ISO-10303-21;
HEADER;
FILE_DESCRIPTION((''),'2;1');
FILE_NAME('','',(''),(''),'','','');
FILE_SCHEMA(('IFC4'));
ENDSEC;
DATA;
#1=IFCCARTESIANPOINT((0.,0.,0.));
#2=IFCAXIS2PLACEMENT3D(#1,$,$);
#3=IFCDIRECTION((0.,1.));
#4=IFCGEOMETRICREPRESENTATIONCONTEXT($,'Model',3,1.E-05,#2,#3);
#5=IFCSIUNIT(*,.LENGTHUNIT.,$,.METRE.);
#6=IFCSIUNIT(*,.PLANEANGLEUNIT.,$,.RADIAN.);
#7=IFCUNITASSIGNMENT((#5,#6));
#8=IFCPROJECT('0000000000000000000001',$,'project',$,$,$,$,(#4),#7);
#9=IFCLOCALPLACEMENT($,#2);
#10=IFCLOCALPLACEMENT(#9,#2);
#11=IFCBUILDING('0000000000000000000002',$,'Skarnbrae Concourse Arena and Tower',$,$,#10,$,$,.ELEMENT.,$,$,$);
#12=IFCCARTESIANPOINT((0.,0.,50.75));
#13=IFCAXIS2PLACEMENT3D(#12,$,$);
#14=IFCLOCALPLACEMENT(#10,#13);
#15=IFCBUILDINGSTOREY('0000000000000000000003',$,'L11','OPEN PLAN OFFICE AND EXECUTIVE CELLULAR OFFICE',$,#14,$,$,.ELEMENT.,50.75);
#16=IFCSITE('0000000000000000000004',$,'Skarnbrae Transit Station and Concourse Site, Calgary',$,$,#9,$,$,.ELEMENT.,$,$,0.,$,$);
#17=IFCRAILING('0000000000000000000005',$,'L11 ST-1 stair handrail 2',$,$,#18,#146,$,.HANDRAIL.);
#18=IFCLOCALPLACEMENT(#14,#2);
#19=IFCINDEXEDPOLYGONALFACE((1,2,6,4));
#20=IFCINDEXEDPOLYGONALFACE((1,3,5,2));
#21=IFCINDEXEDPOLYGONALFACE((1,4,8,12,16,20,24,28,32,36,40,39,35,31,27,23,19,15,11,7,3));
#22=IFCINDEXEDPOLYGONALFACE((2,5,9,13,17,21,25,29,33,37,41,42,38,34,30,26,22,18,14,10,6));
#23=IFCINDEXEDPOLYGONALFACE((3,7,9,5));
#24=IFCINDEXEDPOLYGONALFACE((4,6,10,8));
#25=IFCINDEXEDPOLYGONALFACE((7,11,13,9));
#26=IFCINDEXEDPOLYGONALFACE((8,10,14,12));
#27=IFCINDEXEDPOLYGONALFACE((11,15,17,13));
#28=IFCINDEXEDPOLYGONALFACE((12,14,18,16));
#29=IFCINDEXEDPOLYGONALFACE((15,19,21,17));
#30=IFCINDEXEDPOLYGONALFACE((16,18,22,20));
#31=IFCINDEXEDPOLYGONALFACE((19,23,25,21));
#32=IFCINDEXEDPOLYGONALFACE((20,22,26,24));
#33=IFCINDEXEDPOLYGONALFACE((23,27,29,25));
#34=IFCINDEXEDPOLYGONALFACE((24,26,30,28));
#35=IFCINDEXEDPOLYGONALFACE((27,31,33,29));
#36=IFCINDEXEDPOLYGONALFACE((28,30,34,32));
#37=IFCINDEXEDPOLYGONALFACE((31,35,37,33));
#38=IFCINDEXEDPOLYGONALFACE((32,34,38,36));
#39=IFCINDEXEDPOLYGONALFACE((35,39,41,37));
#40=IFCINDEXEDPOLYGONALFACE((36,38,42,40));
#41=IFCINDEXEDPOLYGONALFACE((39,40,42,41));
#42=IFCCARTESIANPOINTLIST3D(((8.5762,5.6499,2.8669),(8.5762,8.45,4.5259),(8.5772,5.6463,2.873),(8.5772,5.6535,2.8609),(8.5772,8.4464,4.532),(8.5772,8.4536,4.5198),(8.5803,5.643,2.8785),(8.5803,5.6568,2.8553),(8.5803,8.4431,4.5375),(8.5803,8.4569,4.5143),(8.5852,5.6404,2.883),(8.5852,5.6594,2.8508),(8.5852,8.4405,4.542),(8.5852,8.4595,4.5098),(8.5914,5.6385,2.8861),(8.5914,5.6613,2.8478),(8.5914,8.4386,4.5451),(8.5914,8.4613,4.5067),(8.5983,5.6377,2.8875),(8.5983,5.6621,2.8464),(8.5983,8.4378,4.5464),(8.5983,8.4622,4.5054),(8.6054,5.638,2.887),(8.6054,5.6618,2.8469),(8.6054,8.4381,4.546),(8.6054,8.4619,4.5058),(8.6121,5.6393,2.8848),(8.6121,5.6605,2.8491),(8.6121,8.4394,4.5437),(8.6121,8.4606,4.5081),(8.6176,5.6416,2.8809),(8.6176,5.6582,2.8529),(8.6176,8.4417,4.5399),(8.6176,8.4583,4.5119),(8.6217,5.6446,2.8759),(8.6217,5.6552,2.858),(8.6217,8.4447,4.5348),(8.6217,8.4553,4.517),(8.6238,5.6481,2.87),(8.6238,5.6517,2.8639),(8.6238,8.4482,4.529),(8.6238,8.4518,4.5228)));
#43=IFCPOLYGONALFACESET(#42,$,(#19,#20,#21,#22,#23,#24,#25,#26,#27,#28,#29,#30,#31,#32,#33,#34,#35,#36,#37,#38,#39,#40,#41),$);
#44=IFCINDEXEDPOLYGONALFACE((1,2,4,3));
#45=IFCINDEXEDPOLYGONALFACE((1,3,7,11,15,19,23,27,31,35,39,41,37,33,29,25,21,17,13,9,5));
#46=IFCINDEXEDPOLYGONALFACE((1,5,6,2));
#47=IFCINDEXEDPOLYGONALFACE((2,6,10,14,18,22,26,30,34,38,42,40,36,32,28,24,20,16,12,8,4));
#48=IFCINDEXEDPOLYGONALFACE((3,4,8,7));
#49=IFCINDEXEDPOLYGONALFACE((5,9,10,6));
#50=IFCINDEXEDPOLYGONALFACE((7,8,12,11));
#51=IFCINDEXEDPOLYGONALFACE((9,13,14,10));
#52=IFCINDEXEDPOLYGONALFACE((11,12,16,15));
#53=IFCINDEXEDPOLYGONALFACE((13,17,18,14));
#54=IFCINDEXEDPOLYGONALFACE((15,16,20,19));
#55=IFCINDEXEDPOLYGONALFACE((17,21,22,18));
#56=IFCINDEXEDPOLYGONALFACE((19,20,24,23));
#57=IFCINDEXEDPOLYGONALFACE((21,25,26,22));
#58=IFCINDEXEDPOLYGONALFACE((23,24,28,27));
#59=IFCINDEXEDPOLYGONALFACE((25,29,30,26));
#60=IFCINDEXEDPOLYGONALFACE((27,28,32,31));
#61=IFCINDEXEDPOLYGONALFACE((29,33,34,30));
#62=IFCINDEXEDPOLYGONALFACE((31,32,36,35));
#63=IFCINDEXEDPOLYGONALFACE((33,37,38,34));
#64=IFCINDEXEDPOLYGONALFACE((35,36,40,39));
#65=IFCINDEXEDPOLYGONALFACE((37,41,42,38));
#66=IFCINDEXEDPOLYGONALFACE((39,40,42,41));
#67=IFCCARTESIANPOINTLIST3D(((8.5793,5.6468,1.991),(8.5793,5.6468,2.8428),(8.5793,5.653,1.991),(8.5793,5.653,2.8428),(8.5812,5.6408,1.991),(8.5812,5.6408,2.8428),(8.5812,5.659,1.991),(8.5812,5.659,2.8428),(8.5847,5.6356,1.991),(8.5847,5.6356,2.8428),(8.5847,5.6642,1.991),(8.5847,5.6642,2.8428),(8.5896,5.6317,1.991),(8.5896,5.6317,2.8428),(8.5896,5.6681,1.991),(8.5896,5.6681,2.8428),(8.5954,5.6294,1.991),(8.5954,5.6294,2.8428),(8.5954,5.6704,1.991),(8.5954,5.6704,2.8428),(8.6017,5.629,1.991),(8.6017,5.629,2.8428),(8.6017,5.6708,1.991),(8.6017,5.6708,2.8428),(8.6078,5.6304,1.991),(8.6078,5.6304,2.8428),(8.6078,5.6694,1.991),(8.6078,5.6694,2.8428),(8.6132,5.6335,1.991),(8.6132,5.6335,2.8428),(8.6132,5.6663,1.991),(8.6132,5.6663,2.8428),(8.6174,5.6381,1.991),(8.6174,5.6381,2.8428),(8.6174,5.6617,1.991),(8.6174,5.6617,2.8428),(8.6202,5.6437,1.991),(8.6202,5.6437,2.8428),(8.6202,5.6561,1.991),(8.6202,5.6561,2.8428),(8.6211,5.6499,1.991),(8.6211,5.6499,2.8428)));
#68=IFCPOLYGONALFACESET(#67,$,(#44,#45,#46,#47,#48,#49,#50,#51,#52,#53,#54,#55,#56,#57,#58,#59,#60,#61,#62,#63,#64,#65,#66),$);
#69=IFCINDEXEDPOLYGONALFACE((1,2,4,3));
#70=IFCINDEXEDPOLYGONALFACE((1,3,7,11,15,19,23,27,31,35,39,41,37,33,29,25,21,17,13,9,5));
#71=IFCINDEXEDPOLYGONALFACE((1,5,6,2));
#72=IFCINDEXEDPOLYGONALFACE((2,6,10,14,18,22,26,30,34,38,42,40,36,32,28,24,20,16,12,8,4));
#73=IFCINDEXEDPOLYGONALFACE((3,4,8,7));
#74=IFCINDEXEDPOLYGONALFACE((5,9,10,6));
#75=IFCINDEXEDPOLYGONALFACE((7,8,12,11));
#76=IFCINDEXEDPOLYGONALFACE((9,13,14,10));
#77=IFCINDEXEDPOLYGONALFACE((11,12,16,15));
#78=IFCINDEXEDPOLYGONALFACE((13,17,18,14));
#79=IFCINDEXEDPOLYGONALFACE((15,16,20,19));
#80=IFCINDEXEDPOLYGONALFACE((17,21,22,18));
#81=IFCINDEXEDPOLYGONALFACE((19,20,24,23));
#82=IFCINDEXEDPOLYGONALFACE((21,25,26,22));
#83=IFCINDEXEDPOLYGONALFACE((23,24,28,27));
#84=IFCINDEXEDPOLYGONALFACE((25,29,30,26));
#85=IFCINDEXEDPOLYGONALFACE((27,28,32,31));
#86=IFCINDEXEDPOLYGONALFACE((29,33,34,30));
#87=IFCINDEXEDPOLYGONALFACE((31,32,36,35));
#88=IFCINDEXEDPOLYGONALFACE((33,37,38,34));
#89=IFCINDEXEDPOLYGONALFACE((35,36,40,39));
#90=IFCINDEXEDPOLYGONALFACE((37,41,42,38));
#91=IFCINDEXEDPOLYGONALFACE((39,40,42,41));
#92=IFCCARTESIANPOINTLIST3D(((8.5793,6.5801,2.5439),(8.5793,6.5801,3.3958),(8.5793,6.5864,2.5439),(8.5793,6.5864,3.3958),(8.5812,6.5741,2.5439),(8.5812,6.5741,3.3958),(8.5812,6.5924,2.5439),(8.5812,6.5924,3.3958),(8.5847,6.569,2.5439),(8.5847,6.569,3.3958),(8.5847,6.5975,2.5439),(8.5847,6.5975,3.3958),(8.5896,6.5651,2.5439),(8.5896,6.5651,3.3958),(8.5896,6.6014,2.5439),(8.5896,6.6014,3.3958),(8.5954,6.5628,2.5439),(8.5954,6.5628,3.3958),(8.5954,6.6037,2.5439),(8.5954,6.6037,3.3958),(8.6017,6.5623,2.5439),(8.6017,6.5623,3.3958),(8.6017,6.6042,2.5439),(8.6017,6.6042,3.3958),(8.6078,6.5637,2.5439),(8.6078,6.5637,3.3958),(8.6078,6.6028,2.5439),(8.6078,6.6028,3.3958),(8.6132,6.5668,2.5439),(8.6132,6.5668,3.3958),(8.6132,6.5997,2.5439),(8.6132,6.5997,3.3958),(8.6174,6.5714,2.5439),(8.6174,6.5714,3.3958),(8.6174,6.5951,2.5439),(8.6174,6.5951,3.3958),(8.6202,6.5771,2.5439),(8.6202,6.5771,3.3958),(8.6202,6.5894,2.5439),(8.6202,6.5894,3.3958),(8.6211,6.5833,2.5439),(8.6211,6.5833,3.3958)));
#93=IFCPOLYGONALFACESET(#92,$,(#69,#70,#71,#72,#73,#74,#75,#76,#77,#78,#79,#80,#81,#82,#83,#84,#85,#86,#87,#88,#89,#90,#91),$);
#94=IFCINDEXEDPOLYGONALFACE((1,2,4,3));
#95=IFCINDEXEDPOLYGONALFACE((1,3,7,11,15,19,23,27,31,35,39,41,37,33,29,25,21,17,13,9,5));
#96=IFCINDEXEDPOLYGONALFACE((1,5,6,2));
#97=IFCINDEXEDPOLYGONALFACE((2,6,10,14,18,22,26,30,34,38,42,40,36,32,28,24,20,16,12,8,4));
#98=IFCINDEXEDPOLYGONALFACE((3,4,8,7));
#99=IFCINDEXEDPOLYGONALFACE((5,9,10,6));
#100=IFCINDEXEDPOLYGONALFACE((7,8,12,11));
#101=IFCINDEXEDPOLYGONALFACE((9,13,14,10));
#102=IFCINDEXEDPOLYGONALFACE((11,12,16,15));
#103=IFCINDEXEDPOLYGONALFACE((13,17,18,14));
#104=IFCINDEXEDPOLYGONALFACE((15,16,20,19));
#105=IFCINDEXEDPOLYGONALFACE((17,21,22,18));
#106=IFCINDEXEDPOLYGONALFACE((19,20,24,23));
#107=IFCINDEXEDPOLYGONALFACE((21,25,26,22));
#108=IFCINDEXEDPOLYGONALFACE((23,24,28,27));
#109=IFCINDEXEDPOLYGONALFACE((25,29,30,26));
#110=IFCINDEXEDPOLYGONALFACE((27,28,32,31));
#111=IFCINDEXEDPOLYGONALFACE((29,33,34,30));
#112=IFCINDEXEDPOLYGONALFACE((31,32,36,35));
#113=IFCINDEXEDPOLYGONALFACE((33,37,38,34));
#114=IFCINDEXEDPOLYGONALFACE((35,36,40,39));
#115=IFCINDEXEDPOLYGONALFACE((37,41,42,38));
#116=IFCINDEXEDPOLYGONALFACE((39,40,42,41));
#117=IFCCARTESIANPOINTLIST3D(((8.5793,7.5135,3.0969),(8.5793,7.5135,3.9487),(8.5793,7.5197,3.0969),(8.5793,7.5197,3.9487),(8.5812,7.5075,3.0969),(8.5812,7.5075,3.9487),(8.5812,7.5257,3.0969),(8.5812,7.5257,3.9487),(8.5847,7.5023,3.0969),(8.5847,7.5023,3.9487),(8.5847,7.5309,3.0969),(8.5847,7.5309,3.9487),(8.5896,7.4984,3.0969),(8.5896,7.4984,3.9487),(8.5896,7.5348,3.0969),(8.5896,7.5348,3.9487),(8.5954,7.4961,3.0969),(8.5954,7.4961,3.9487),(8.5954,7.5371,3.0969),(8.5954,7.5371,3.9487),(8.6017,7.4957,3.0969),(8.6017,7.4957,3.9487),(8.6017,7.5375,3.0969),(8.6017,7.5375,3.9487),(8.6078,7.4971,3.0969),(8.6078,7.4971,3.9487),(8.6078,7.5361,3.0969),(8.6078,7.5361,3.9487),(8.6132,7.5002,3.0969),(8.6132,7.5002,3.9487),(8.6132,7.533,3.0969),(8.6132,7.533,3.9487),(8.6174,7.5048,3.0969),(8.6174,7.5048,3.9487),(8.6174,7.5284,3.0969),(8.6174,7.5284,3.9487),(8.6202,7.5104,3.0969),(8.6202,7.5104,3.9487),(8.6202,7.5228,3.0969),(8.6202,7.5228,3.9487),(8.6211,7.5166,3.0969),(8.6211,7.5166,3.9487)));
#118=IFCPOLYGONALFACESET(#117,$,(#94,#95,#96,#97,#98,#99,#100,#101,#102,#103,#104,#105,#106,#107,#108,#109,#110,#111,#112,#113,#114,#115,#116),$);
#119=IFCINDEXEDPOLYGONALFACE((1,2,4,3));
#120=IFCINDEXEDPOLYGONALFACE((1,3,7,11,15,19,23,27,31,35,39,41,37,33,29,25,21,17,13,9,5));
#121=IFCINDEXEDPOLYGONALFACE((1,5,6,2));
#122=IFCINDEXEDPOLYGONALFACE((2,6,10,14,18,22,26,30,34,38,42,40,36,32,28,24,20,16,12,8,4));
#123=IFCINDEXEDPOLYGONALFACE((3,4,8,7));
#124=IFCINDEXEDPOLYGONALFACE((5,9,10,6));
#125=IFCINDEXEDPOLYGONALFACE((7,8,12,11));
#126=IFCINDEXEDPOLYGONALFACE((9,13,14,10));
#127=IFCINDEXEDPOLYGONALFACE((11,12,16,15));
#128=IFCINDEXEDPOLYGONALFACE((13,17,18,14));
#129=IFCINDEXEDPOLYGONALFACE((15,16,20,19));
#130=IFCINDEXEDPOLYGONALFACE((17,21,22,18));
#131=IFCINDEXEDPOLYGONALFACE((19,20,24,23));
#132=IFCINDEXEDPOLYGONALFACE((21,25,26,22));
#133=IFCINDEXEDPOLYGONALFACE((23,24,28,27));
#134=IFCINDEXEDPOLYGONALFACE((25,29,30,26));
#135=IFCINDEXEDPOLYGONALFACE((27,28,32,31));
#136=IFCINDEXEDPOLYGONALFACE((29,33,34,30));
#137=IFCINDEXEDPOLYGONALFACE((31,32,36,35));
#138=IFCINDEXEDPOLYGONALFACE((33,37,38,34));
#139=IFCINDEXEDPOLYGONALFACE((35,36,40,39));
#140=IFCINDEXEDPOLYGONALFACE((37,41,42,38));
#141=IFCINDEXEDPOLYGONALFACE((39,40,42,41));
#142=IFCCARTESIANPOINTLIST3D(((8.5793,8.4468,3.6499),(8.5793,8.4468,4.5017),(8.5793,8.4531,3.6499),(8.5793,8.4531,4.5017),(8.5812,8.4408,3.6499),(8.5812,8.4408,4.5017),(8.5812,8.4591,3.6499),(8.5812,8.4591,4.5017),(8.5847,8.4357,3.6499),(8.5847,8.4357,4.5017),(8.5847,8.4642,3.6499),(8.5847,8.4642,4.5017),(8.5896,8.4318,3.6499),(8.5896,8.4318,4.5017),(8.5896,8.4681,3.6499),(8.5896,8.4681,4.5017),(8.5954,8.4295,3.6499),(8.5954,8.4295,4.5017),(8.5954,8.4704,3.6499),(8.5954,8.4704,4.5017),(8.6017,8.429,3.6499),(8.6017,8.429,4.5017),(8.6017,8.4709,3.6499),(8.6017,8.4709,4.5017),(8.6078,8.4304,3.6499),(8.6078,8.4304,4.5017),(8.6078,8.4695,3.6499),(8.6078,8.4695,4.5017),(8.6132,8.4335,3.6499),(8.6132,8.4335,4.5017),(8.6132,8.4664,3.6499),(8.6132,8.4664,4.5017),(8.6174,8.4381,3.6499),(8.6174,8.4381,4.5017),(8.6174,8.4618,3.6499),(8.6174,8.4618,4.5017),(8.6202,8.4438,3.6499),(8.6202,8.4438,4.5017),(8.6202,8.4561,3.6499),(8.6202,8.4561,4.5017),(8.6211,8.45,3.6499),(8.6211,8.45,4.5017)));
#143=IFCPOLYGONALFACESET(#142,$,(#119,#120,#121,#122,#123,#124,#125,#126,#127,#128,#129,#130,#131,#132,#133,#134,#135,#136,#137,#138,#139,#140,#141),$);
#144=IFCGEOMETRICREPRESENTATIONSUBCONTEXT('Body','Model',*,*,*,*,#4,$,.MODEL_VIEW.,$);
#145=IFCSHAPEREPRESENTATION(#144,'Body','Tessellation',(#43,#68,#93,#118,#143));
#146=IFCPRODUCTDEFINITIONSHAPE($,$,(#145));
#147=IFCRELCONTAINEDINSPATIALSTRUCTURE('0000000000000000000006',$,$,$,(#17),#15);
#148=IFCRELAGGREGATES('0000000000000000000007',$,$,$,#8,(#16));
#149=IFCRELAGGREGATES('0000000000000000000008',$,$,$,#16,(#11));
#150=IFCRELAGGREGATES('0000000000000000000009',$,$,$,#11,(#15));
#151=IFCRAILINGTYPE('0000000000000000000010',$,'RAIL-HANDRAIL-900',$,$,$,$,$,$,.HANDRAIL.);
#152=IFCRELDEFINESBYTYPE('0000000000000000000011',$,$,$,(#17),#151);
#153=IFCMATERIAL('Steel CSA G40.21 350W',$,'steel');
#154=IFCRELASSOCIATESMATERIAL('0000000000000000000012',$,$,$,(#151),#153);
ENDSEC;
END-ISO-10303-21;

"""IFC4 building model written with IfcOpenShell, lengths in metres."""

from ifc_helpers import new_model, si_unit, direction, frame, origin, origin_2d, place, context, subcontext, project, spatial, circle, extrude, material, type_object, element, save


model = new_model("IFC4")

# Units and contexts
model_context = context("Model", 3, precision=1e-05, world=origin(), true_north=direction((0.0, 1.0)))
body_context = subcontext(model_context, "Body", "Model", "MODEL_VIEW")
ifc_project = project(units=[si_unit("LENGTHUNIT", "METRE"), si_unit("PLANEANGLEUNIT", "RADIAN")], contexts=[model_context])

# Site, building, storey
site_placement = place(None, origin())
site = spatial("IfcSite", under=ifc_project, at=site_placement, Name="Skarnbrae Transit Station and Concourse Site, Calgary", CompositionType="ELEMENT", RefElevation=0.0)
building_placement = place(site_placement, origin())
building = spatial("IfcBuilding", under=site, at=building_placement, Name="Skarnbrae Concourse Arena and Tower", CompositionType="ELEMENT")
storey_placement = place(building_placement, frame((0.0, 0.0, 50.75)))
storey = spatial("IfcBuildingStorey", under=building, at=storey_placement, Name="L11", Description="OPEN PLAN OFFICE AND EXECUTIVE CELLULAR OFFICE", CompositionType="ELEMENT", Elevation=50.75)

# Shared definitions
ifc_material_1 = material(Name="Steel CSA G40.21 350W", Category="steel")

# Railing
railing_type_1 = type_object("IfcRailingType", Name="RAIL-HANDRAIL-900", PredefinedType="HANDRAIL", material=ifc_material_1)
railing_1_placement = place(storey_placement, frame((8.6001, 5.6499, 1.991)))
element("IfcRailing", 1, at=railing_1_placement, inside=storey, type_object=railing_type_1, Name="L11 ST-1 stair handrail 2", PredefinedType="HANDRAIL", context=body_context, shape_type="SweptSolid", body=[
    extrude(circle(Radius=0.0239, at=origin_2d()), frame((0.0, 0.0, 0.876), z_axis=(0.0, 0.860339, 0.509722), x_axis=(-1.0, 0.0, 0.0)), (0.0, 0.0, 1.0), 3.2546),
    extrude(circle(Radius=0.021, at=origin_2d()), origin(), (0.0, 0.0, 1.0), 0.8518),
    extrude(circle(Radius=0.021, at=origin_2d()), frame((0.0, 0.9333, 0.553)), (0.0, 0.0, 1.0), 0.8518),
    extrude(circle(Radius=0.021, at=origin_2d()), frame((0.0, 1.8667, 1.106)), (0.0, 0.0, 1.0), 0.8518),
    extrude(circle(Radius=0.021, at=origin_2d()), frame((0.0, 2.8, 1.6589)), (0.0, 0.0, 1.0), 0.8518),
])

save(model, "model.ifc")
